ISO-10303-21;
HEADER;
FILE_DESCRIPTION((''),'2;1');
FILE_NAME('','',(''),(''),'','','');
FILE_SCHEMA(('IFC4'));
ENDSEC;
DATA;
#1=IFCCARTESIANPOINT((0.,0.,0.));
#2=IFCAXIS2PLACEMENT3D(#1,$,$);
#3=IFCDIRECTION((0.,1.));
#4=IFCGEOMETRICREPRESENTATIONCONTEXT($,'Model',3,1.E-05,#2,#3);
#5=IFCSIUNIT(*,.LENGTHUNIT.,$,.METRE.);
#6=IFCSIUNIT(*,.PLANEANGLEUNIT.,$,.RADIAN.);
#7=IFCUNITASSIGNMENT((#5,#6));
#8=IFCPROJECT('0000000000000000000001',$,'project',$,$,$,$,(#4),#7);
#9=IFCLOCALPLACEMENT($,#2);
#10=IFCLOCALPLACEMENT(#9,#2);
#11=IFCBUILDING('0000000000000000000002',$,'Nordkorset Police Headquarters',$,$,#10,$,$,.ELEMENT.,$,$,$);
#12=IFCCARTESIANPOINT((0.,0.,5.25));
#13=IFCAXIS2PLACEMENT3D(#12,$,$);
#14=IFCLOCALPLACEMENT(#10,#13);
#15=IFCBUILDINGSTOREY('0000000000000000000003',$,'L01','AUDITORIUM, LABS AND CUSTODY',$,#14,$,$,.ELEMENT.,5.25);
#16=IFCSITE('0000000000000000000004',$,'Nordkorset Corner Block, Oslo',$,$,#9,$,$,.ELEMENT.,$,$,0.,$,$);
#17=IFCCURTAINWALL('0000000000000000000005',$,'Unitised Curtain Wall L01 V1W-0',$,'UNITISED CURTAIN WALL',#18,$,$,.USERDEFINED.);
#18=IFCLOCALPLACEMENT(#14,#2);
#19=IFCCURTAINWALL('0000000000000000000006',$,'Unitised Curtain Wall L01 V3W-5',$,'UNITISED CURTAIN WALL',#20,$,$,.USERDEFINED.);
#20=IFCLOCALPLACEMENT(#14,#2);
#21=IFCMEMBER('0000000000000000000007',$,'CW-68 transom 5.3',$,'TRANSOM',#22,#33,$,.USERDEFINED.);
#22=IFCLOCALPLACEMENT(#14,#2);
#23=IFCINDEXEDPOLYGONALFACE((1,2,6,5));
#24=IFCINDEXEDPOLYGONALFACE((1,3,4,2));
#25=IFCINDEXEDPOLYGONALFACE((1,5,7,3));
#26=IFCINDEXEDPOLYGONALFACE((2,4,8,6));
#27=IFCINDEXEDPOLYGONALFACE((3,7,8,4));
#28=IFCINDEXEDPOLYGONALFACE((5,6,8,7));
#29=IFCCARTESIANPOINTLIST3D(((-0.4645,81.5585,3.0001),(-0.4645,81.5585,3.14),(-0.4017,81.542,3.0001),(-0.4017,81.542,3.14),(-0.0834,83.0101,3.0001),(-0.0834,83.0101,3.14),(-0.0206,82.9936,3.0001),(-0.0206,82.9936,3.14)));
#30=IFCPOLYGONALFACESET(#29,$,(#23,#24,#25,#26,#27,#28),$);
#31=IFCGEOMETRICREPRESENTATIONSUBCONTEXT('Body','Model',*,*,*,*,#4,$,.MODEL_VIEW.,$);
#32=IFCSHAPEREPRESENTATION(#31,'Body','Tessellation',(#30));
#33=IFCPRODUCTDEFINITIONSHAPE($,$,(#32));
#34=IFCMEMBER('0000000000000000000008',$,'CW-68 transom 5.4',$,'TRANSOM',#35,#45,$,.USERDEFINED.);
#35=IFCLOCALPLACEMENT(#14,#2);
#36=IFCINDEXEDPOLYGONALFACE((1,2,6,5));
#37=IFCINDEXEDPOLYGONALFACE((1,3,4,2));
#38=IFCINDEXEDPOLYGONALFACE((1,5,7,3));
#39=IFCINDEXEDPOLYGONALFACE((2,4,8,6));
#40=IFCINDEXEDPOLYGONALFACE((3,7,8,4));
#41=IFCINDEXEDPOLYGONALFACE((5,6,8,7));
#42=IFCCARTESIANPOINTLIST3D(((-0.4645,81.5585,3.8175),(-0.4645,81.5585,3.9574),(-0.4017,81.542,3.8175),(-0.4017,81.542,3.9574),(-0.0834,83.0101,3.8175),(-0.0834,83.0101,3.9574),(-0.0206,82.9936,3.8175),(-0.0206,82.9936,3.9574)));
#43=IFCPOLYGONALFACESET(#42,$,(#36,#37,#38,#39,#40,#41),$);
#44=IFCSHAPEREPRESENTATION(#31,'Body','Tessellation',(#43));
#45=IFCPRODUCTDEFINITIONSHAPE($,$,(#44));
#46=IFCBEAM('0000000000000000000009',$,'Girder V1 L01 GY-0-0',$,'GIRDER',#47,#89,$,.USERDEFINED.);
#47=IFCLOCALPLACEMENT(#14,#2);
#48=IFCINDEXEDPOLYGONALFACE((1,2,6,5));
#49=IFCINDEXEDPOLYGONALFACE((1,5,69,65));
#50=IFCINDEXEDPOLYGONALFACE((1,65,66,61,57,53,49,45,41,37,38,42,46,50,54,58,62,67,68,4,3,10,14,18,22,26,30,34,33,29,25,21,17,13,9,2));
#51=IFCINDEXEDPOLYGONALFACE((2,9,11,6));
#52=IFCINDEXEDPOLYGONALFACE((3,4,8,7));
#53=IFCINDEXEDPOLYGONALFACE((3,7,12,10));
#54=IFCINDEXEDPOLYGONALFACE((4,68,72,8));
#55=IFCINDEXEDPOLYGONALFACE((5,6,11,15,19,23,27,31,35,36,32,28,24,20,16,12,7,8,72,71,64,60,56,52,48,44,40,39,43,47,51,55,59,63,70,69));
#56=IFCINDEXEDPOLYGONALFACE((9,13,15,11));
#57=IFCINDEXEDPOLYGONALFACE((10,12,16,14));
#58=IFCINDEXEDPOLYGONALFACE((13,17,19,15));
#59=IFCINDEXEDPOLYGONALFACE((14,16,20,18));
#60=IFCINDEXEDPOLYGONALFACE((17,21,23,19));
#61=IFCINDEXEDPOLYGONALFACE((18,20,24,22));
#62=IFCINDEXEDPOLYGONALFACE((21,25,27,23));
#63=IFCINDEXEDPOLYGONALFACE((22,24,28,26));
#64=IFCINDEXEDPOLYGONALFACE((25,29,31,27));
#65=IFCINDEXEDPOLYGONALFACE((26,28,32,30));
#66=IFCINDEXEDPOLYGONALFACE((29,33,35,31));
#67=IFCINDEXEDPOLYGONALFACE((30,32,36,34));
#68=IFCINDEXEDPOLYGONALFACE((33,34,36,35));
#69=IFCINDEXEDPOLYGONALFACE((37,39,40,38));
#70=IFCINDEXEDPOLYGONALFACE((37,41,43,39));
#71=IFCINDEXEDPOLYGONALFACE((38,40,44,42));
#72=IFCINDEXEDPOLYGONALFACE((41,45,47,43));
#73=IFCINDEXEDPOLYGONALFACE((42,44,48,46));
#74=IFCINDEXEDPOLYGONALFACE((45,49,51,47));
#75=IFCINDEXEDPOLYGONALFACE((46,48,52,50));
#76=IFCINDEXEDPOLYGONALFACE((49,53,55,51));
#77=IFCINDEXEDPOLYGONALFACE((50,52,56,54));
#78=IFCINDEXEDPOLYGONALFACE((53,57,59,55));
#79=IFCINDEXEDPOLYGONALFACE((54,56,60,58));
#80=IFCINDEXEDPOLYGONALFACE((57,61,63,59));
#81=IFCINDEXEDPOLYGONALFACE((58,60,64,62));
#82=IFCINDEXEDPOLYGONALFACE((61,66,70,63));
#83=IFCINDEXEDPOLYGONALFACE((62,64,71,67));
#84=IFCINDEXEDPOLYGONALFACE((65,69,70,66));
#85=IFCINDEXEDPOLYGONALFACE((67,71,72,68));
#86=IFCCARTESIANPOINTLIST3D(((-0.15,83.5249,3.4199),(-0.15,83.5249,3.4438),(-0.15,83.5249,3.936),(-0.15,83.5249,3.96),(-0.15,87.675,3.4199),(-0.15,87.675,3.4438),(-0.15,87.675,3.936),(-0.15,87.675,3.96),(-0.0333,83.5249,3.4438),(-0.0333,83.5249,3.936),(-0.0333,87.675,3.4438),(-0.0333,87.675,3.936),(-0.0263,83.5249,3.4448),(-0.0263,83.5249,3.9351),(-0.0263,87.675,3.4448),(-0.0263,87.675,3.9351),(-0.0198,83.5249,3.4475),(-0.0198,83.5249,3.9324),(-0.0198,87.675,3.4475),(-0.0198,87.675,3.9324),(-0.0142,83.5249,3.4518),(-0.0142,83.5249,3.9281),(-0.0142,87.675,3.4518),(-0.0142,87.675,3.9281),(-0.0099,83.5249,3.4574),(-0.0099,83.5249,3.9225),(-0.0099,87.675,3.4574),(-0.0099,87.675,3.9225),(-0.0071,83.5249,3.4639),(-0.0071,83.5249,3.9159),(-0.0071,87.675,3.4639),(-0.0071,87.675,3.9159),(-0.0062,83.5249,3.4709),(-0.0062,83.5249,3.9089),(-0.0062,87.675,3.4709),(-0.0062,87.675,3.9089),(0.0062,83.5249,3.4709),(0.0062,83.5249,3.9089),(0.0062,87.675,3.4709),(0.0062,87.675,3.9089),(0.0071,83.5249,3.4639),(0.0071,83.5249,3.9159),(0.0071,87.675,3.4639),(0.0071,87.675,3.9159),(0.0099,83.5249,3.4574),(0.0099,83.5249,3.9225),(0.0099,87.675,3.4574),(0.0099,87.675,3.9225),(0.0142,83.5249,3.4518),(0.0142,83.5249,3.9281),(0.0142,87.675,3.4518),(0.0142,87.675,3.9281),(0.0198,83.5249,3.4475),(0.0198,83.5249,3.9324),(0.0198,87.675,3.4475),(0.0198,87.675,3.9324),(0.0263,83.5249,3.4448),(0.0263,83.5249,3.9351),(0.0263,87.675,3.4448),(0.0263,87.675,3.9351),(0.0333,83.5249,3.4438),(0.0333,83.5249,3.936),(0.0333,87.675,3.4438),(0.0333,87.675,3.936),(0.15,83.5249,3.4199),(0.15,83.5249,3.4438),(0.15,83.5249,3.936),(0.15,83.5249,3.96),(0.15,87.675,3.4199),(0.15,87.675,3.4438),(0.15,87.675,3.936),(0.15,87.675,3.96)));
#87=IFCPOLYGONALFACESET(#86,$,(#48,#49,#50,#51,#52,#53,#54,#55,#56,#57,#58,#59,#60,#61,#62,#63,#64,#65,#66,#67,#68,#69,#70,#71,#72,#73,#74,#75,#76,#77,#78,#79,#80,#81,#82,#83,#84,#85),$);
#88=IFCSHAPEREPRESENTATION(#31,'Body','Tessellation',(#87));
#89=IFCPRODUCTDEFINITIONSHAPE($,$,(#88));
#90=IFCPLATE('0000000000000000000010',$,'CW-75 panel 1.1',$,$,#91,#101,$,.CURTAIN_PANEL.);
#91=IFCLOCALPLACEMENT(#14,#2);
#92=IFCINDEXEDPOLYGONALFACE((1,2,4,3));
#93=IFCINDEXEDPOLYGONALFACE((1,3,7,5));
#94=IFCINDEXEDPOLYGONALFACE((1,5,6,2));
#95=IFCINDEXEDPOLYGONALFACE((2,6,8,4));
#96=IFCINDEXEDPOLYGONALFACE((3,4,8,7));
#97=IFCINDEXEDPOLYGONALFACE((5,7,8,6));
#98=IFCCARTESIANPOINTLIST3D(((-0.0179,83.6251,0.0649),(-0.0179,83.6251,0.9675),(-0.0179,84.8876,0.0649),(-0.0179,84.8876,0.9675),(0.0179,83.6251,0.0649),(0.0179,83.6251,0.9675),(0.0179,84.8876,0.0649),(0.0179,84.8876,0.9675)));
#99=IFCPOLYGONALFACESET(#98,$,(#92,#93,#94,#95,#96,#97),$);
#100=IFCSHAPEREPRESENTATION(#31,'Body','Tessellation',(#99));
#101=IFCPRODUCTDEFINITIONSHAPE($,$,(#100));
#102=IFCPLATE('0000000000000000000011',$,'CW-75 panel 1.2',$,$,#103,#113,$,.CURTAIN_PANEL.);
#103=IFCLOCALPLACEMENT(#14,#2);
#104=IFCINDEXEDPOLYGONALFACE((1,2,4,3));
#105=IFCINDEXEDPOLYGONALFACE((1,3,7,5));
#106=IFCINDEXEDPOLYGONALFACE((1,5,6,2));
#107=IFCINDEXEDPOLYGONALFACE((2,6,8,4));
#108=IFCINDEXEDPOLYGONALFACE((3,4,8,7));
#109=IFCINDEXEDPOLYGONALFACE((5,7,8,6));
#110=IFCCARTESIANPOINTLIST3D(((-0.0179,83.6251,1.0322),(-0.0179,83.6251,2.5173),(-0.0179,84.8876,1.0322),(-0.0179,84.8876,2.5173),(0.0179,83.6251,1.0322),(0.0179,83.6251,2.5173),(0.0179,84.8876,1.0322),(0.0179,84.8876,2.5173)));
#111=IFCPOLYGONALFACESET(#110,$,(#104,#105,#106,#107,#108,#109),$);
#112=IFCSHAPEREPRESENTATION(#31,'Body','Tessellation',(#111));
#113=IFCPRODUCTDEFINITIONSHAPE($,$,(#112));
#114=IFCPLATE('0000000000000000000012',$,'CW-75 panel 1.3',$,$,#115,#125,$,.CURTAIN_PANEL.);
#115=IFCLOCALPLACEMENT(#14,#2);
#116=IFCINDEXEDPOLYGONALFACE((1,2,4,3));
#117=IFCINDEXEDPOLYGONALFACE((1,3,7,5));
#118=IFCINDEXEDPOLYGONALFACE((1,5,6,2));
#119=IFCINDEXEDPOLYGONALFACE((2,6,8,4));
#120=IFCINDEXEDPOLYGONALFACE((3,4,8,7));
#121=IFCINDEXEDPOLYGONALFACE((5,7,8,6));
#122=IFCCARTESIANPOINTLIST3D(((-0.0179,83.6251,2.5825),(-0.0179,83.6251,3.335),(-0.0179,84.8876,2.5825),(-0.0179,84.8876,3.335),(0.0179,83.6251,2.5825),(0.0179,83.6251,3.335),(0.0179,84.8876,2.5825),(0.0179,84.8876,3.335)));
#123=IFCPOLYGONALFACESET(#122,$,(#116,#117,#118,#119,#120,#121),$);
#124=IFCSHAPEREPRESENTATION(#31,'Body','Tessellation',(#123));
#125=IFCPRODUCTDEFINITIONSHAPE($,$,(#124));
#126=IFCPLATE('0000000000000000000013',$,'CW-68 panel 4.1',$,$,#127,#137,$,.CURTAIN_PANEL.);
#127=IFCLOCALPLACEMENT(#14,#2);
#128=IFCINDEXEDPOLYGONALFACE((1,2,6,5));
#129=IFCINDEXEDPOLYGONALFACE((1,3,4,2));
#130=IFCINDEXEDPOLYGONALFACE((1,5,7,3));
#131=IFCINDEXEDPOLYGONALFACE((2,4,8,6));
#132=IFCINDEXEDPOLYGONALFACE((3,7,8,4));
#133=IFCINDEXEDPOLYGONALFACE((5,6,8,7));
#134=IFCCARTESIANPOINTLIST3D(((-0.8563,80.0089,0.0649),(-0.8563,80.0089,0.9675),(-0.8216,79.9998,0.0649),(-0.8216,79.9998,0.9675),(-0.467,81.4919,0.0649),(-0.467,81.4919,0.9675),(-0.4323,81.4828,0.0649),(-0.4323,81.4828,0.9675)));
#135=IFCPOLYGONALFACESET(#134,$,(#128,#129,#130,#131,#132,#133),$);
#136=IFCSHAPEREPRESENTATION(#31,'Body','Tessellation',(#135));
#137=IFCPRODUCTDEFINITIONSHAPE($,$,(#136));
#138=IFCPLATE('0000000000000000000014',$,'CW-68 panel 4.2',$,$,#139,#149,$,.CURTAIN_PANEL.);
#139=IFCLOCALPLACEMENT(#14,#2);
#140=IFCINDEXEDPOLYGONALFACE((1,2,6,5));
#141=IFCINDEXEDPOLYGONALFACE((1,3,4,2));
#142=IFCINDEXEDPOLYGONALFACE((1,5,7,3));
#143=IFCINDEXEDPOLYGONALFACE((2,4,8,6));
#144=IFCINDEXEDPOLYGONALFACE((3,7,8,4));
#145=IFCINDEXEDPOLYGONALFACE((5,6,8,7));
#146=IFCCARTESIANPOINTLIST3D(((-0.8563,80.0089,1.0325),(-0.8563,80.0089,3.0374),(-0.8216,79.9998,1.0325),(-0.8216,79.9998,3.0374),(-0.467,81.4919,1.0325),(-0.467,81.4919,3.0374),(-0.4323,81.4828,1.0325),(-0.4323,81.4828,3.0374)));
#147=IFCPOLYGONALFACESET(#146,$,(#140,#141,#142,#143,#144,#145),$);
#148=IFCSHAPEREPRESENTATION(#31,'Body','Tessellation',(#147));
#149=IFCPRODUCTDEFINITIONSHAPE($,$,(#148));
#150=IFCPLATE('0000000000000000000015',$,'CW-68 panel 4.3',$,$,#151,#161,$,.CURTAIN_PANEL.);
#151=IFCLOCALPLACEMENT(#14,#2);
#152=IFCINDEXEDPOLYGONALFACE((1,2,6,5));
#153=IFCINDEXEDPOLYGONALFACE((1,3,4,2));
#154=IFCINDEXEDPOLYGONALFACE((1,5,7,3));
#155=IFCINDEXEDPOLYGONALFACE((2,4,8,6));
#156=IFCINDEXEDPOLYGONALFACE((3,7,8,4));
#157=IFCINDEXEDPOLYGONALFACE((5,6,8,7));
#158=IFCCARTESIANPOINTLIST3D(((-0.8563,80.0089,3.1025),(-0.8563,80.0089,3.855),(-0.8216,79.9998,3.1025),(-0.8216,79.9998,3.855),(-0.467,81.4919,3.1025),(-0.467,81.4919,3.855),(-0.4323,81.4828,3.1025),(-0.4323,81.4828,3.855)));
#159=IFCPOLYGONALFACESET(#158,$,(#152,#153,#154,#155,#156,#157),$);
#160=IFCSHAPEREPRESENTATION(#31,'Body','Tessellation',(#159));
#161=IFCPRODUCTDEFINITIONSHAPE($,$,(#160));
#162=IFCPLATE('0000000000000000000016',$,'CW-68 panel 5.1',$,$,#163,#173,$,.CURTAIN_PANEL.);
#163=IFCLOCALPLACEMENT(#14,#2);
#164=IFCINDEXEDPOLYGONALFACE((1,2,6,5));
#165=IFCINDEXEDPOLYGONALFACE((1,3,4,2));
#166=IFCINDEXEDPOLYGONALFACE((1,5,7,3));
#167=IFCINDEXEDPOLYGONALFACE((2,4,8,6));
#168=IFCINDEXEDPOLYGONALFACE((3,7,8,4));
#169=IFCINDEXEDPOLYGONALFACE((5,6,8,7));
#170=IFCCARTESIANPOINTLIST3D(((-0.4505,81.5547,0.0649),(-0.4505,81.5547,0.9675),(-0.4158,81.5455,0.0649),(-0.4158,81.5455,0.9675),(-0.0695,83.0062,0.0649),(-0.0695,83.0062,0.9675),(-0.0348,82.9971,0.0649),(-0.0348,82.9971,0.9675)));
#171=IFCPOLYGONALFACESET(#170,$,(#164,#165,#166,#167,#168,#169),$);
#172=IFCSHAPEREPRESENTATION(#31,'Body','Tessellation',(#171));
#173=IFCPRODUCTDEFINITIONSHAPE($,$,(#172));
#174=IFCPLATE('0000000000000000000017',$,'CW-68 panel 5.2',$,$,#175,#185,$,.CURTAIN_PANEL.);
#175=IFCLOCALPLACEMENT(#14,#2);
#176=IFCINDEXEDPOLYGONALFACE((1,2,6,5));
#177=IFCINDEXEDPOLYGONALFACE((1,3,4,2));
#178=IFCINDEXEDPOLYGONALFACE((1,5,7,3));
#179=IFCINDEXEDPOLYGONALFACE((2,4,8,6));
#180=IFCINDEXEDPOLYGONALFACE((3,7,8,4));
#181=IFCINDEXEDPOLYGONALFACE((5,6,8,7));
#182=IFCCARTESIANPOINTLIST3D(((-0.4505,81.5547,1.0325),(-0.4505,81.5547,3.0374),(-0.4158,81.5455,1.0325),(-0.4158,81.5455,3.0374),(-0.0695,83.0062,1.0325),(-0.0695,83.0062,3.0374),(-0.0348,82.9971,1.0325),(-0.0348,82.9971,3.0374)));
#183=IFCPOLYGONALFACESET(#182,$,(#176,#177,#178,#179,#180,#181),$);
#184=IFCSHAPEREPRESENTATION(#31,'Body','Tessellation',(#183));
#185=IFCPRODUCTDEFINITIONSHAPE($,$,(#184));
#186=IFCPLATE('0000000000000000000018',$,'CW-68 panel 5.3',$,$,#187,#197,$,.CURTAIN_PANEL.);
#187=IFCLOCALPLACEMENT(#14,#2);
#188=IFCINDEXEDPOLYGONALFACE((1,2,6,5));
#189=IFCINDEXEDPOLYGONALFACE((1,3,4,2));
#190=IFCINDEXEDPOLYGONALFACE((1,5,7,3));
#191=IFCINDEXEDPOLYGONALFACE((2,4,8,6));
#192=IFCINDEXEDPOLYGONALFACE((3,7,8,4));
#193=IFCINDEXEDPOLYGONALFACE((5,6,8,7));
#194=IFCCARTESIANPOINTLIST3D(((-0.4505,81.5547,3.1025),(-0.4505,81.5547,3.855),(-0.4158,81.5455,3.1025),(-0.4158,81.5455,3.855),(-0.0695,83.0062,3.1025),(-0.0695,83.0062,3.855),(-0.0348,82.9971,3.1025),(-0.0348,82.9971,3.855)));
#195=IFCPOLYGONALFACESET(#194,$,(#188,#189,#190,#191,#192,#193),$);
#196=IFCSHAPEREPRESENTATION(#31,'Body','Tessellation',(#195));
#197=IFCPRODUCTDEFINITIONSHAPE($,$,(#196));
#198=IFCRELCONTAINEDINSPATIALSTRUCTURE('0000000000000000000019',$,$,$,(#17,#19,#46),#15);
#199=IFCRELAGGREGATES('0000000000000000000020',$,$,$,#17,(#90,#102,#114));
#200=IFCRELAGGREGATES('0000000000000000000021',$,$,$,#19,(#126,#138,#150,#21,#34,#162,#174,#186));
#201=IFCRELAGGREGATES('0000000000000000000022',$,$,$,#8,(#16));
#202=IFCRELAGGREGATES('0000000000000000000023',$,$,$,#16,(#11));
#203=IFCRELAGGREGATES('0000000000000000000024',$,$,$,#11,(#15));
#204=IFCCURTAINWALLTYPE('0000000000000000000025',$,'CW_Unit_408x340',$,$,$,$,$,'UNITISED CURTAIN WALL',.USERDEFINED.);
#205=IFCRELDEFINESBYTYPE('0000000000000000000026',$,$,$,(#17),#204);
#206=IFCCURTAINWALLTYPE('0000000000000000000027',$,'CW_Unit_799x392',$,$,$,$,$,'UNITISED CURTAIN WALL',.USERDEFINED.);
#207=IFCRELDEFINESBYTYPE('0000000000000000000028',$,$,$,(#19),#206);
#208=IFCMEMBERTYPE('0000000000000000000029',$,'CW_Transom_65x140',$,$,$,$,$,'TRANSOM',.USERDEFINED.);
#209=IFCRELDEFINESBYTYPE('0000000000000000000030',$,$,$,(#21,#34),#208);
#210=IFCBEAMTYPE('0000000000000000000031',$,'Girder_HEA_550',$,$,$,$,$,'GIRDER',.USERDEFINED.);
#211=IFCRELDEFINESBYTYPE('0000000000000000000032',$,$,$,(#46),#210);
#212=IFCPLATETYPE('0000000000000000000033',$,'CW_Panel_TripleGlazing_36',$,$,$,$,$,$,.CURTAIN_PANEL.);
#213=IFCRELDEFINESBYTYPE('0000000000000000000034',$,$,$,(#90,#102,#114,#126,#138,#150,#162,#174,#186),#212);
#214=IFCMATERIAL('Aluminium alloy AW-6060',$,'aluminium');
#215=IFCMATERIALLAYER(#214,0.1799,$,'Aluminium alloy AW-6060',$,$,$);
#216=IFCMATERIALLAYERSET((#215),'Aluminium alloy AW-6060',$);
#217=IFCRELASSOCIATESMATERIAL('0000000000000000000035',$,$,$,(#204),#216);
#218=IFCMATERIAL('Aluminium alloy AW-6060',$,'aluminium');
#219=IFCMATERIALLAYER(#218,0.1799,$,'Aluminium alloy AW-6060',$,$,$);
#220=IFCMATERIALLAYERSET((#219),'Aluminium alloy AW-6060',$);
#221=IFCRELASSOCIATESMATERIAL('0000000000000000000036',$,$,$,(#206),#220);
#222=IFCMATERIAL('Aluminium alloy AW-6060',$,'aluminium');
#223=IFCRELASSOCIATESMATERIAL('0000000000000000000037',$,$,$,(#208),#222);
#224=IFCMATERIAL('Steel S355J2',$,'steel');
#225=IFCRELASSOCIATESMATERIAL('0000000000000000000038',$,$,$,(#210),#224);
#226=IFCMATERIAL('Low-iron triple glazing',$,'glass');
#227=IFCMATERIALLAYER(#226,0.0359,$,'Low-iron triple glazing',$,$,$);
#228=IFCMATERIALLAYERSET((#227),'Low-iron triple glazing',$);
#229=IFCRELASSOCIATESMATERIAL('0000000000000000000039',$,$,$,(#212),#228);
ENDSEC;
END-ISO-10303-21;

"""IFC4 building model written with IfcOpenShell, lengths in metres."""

from ifc_helpers import new_model, si_unit, direction, frame, origin, origin_2d, place, context, subcontext, project, spatial, rectangle, i_section, extrude, material, layer, layer_set, material_profile, profile_set, type_object, element, aggregate, save


model = new_model("IFC4")

# Units and contexts
model_context = context("Model", 3, precision=1e-05, world=origin(), true_north=direction((0.0, 1.0)))
body_context = subcontext(model_context, "Body", "Model", "MODEL_VIEW")
ifc_project = project(units=[si_unit("LENGTHUNIT", "METRE"), si_unit("PLANEANGLEUNIT", "RADIAN")], contexts=[model_context])

# Site, building, storey
site_placement = place(None, origin())
site = spatial("IfcSite", under=ifc_project, at=site_placement, Name="Nordkorset Corner Block, Oslo", CompositionType="ELEMENT", RefElevation=0.0)
building_placement = place(site_placement, origin())
building = spatial("IfcBuilding", under=site, at=building_placement, Name="Nordkorset Police Headquarters", CompositionType="ELEMENT")
storey_placement = place(building_placement, frame((0.0, 0.0, 5.25)))
storey = spatial("IfcBuildingStorey", under=building, at=storey_placement, Name="L01", Description="AUDITORIUM, LABS AND CUSTODY", CompositionType="ELEMENT", Elevation=5.25)

# Curtain walls
ifc_material_1 = material(Name="Aluminium alloy AW-6060", Category="aluminium")
ifc_layer_1 = layer(ifc_material_1, 0.1799, Name="Aluminium alloy AW-6060")
ifc_layer_set_1 = layer_set([ifc_layer_1], Name="Aluminium alloy AW-6060")
curtain_wall_type_1 = type_object("IfcCurtainWallType", Name="CW_Unit_408x340", ElementType="UNITISED CURTAIN WALL", PredefinedType="USERDEFINED", material=ifc_layer_set_1)
curtain_wall_1_placement = place(storey_placement, origin())
curtain_wall_1 = element("IfcCurtainWall", 1, at=curtain_wall_1_placement, inside=storey, type_object=curtain_wall_type_1, Name="Unitised Curtain Wall L01 V1W-0", ObjectType="UNITISED CURTAIN WALL", PredefinedType="USERDEFINED")
ifc_material_2 = material(Name="Aluminium alloy AW-6060", Category="aluminium")
ifc_layer_2 = layer(ifc_material_2, 0.1799, Name="Aluminium alloy AW-6060")
ifc_layer_set_2 = layer_set([ifc_layer_2], Name="Aluminium alloy AW-6060")
curtain_wall_type_2 = type_object("IfcCurtainWallType", Name="CW_Unit_799x392", ElementType="UNITISED CURTAIN WALL", PredefinedType="USERDEFINED", material=ifc_layer_set_2)
curtain_wall_2_placement = place(storey_placement, origin())
curtain_wall_2 = element("IfcCurtainWall", 2, at=curtain_wall_2_placement, inside=storey, type_object=curtain_wall_type_2, Name="Unitised Curtain Wall L01 V3W-5", ObjectType="UNITISED CURTAIN WALL", PredefinedType="USERDEFINED")

# Members
ifc_material_3 = material(Name="Aluminium alloy AW-6060", Category="aluminium")
ifc_material_profile_1 = material_profile(ifc_material_3, rectangle(XDim=0.0649, YDim=0.1399, at=origin_2d()), Name="ALU TRAN 65x140")
ifc_profile_set_1 = profile_set([ifc_material_profile_1], Name="Aluminium alloy AW-6060")
member_type_1 = type_object("IfcMemberType", Name="CW_Transom_65x140", ElementType="TRANSOM", PredefinedType="USERDEFINED", material=ifc_profile_set_1)
member_1_placement = place(storey_placement, frame((-0.4331, 81.5503, 3.0701), z_axis=(0.253965, 0.967213, 0.0), x_axis=(-0.967213, 0.253965, 0.0)))
member_1 = element("IfcMember", 3, at=member_1_placement, type_object=member_type_1, Name="CW-68 transom 5.3", ObjectType="TRANSOM", PredefinedType="USERDEFINED", context=body_context, shape_type="SweptSolid", body=[
    extrude(rectangle(XDim=0.0649, YDim=0.1399, at=origin_2d()), origin(), (0.0, 0.0, 1.0), 1.5007),
])
member_2_placement = place(storey_placement, frame((-0.4331, 81.5503, 3.8875), z_axis=(0.253965, 0.967213, 0.0), x_axis=(-0.967213, 0.253965, 0.0)))
member_2 = element("IfcMember", 4, at=member_2_placement, type_object=member_type_1, Name="CW-68 transom 5.4", ObjectType="TRANSOM", PredefinedType="USERDEFINED", context=body_context, shape_type="SweptSolid", body=[
    extrude(rectangle(XDim=0.0649, YDim=0.1399, at=origin_2d()), origin(), (0.0, 0.0, 1.0), 1.5007),
])

# Beam
ifc_material_4 = material(Name="Steel S355J2", Category="steel")
ifc_material_profile_2 = material_profile(ifc_material_4, i_section(OverallWidth=0.3, OverallDepth=0.54, WebThickness=0.0125, FlangeThickness=0.0239, FilletRadius=0.0271, at=origin_2d()), Name="HEA 550")
ifc_profile_set_2 = profile_set([ifc_material_profile_2], Name="Steel S355J2")
beam_type = type_object("IfcBeamType", Name="Girder_HEA_550", ElementType="GIRDER", PredefinedType="USERDEFINED", material=ifc_profile_set_2)
beam_placement = place(storey_placement, frame((0.0, 83.5249, 3.6899), z_axis=(0.0, 1.0, 0.0), x_axis=(-1.0, 0.0, 0.0)))
element("IfcBeam", 5, at=beam_placement, inside=storey, type_object=beam_type, Name="Girder V1 L01 GY-0-0", ObjectType="GIRDER", PredefinedType="USERDEFINED", context=body_context, shape_type="SweptSolid", body=[
    extrude(i_section(OverallWidth=0.3, OverallDepth=0.54, WebThickness=0.0125, FlangeThickness=0.0239, FilletRadius=0.0271, at=origin_2d()), origin(), (0.0, 0.0, 1.0), 4.1501),
])

# Plates
ifc_material_5 = material(Name="Low-iron triple glazing", Category="glass")
ifc_layer_3 = layer(ifc_material_5, 0.0359, Name="Low-iron triple glazing")
ifc_layer_set_3 = layer_set([ifc_layer_3], Name="Low-iron triple glazing")
plate_type = type_object("IfcPlateType", Name="CW_Panel_TripleGlazing_36", PredefinedType="CURTAIN_PANEL", material=ifc_layer_set_3)
plate_1_placement = place(storey_placement, frame((0.0, 84.2563, 0.0649), z_axis=(0.0, 0.0, 1.0), x_axis=(0.0, 1.0, 0.0)))
plate_1 = element("IfcPlate", 6, at=plate_1_placement, type_object=plate_type, Name="CW-75 panel 1.1", PredefinedType="CURTAIN_PANEL", context=body_context, shape_type="SweptSolid", body=[
    extrude(rectangle(XDim=1.2625, YDim=0.0359, at=origin_2d()), origin(), (0.0, 0.0, 1.0), 0.9026),
])
plate_2_placement = place(storey_placement, frame((0.0, 84.2563, 1.0322), z_axis=(0.0, 0.0, 1.0), x_axis=(0.0, 1.0, 0.0)))
plate_2 = element("IfcPlate", 7, at=plate_2_placement, type_object=plate_type, Name="CW-75 panel 1.2", PredefinedType="CURTAIN_PANEL", context=body_context, shape_type="SweptSolid", body=[
    extrude(rectangle(XDim=1.2625, YDim=0.0359, at=origin_2d()), origin(), (0.0, 0.0, 1.0), 1.4851),
])
plate_3_placement = place(storey_placement, frame((0.0, 84.2563, 2.5825), z_axis=(0.0, 0.0, 1.0), x_axis=(0.0, 1.0, 0.0)))
plate_3 = element("IfcPlate", 8, at=plate_3_placement, type_object=plate_type, Name="CW-75 panel 1.3", PredefinedType="CURTAIN_PANEL", context=body_context, shape_type="SweptSolid", body=[
    extrude(rectangle(XDim=1.2625, YDim=0.0359, at=origin_2d()), origin(), (0.0, 0.0, 1.0), 0.7524),
])
aggregate(curtain_wall_1, [plate_1, plate_2, plate_3])
plate_4_placement = place(storey_placement, frame((-0.6443, 80.7458, 0.0649), z_axis=(0.0, 0.0, 1.0), x_axis=(0.253897, 0.967231, 0.0)))
plate_4 = element("IfcPlate", 9, at=plate_4_placement, type_object=plate_type, Name="CW-68 panel 4.1", PredefinedType="CURTAIN_PANEL", context=body_context, shape_type="SweptSolid", body=[
    extrude(rectangle(XDim=1.5332, YDim=0.0359, at=origin_2d()), origin(), (0.0, 0.0, 1.0), 0.9026),
])
plate_5_placement = place(storey_placement, frame((-0.6443, 80.7458, 1.0325), z_axis=(0.0, 0.0, 1.0), x_axis=(0.253897, 0.967231, 0.0)))
plate_5 = element("IfcPlate", 10, at=plate_5_placement, type_object=plate_type, Name="CW-68 panel 4.2", PredefinedType="CURTAIN_PANEL", context=body_context, shape_type="SweptSolid", body=[
    extrude(rectangle(XDim=1.5332, YDim=0.0359, at=origin_2d()), origin(), (0.0, 0.0, 1.0), 2.0049),
])
plate_6_placement = place(storey_placement, frame((-0.6443, 80.7458, 3.1025), z_axis=(0.0, 0.0, 1.0), x_axis=(0.253897, 0.967231, 0.0)))
plate_6 = element("IfcPlate", 11, at=plate_6_placement, type_object=plate_type, Name="CW-68 panel 4.3", PredefinedType="CURTAIN_PANEL", context=body_context, shape_type="SweptSolid", body=[
    extrude(rectangle(XDim=1.5332, YDim=0.0359, at=origin_2d()), origin(), (0.0, 0.0, 1.0), 0.7524),
])
plate_7_placement = place(storey_placement, frame((-0.2427, 82.2759, 0.0649), z_axis=(0.0, 0.0, 1.0), x_axis=(0.253897, 0.967231, 0.0)))
plate_7 = element("IfcPlate", 12, at=plate_7_placement, type_object=plate_type, Name="CW-68 panel 5.1", PredefinedType="CURTAIN_PANEL", context=body_context, shape_type="SweptSolid", body=[
    extrude(rectangle(XDim=1.5007, YDim=0.0359, at=origin_2d()), origin(), (0.0, 0.0, 1.0), 0.9026),
])
plate_8_placement = place(storey_placement, frame((-0.2427, 82.2759, 1.0325), z_axis=(0.0, 0.0, 1.0), x_axis=(0.253897, 0.967231, 0.0)))
plate_8 = element("IfcPlate", 13, at=plate_8_placement, type_object=plate_type, Name="CW-68 panel 5.2", PredefinedType="CURTAIN_PANEL", context=body_context, shape_type="SweptSolid", body=[
    extrude(rectangle(XDim=1.5007, YDim=0.0359, at=origin_2d()), origin(), (0.0, 0.0, 1.0), 2.0049),
])
plate_9_placement = place(storey_placement, frame((-0.2427, 82.2759, 3.1025), z_axis=(0.0, 0.0, 1.0), x_axis=(0.253897, 0.967231, 0.0)))
plate_9 = element("IfcPlate", 14, at=plate_9_placement, type_object=plate_type, Name="CW-68 panel 5.3", PredefinedType="CURTAIN_PANEL", context=body_context, shape_type="SweptSolid", body=[
    extrude(rectangle(XDim=1.5007, YDim=0.0359, at=origin_2d()), origin(), (0.0, 0.0, 1.0), 0.7524),
])
aggregate(curtain_wall_2, [plate_4, plate_5, plate_6, member_1, member_2, plate_7, plate_8, plate_9])

save(model, "model.ifc")
